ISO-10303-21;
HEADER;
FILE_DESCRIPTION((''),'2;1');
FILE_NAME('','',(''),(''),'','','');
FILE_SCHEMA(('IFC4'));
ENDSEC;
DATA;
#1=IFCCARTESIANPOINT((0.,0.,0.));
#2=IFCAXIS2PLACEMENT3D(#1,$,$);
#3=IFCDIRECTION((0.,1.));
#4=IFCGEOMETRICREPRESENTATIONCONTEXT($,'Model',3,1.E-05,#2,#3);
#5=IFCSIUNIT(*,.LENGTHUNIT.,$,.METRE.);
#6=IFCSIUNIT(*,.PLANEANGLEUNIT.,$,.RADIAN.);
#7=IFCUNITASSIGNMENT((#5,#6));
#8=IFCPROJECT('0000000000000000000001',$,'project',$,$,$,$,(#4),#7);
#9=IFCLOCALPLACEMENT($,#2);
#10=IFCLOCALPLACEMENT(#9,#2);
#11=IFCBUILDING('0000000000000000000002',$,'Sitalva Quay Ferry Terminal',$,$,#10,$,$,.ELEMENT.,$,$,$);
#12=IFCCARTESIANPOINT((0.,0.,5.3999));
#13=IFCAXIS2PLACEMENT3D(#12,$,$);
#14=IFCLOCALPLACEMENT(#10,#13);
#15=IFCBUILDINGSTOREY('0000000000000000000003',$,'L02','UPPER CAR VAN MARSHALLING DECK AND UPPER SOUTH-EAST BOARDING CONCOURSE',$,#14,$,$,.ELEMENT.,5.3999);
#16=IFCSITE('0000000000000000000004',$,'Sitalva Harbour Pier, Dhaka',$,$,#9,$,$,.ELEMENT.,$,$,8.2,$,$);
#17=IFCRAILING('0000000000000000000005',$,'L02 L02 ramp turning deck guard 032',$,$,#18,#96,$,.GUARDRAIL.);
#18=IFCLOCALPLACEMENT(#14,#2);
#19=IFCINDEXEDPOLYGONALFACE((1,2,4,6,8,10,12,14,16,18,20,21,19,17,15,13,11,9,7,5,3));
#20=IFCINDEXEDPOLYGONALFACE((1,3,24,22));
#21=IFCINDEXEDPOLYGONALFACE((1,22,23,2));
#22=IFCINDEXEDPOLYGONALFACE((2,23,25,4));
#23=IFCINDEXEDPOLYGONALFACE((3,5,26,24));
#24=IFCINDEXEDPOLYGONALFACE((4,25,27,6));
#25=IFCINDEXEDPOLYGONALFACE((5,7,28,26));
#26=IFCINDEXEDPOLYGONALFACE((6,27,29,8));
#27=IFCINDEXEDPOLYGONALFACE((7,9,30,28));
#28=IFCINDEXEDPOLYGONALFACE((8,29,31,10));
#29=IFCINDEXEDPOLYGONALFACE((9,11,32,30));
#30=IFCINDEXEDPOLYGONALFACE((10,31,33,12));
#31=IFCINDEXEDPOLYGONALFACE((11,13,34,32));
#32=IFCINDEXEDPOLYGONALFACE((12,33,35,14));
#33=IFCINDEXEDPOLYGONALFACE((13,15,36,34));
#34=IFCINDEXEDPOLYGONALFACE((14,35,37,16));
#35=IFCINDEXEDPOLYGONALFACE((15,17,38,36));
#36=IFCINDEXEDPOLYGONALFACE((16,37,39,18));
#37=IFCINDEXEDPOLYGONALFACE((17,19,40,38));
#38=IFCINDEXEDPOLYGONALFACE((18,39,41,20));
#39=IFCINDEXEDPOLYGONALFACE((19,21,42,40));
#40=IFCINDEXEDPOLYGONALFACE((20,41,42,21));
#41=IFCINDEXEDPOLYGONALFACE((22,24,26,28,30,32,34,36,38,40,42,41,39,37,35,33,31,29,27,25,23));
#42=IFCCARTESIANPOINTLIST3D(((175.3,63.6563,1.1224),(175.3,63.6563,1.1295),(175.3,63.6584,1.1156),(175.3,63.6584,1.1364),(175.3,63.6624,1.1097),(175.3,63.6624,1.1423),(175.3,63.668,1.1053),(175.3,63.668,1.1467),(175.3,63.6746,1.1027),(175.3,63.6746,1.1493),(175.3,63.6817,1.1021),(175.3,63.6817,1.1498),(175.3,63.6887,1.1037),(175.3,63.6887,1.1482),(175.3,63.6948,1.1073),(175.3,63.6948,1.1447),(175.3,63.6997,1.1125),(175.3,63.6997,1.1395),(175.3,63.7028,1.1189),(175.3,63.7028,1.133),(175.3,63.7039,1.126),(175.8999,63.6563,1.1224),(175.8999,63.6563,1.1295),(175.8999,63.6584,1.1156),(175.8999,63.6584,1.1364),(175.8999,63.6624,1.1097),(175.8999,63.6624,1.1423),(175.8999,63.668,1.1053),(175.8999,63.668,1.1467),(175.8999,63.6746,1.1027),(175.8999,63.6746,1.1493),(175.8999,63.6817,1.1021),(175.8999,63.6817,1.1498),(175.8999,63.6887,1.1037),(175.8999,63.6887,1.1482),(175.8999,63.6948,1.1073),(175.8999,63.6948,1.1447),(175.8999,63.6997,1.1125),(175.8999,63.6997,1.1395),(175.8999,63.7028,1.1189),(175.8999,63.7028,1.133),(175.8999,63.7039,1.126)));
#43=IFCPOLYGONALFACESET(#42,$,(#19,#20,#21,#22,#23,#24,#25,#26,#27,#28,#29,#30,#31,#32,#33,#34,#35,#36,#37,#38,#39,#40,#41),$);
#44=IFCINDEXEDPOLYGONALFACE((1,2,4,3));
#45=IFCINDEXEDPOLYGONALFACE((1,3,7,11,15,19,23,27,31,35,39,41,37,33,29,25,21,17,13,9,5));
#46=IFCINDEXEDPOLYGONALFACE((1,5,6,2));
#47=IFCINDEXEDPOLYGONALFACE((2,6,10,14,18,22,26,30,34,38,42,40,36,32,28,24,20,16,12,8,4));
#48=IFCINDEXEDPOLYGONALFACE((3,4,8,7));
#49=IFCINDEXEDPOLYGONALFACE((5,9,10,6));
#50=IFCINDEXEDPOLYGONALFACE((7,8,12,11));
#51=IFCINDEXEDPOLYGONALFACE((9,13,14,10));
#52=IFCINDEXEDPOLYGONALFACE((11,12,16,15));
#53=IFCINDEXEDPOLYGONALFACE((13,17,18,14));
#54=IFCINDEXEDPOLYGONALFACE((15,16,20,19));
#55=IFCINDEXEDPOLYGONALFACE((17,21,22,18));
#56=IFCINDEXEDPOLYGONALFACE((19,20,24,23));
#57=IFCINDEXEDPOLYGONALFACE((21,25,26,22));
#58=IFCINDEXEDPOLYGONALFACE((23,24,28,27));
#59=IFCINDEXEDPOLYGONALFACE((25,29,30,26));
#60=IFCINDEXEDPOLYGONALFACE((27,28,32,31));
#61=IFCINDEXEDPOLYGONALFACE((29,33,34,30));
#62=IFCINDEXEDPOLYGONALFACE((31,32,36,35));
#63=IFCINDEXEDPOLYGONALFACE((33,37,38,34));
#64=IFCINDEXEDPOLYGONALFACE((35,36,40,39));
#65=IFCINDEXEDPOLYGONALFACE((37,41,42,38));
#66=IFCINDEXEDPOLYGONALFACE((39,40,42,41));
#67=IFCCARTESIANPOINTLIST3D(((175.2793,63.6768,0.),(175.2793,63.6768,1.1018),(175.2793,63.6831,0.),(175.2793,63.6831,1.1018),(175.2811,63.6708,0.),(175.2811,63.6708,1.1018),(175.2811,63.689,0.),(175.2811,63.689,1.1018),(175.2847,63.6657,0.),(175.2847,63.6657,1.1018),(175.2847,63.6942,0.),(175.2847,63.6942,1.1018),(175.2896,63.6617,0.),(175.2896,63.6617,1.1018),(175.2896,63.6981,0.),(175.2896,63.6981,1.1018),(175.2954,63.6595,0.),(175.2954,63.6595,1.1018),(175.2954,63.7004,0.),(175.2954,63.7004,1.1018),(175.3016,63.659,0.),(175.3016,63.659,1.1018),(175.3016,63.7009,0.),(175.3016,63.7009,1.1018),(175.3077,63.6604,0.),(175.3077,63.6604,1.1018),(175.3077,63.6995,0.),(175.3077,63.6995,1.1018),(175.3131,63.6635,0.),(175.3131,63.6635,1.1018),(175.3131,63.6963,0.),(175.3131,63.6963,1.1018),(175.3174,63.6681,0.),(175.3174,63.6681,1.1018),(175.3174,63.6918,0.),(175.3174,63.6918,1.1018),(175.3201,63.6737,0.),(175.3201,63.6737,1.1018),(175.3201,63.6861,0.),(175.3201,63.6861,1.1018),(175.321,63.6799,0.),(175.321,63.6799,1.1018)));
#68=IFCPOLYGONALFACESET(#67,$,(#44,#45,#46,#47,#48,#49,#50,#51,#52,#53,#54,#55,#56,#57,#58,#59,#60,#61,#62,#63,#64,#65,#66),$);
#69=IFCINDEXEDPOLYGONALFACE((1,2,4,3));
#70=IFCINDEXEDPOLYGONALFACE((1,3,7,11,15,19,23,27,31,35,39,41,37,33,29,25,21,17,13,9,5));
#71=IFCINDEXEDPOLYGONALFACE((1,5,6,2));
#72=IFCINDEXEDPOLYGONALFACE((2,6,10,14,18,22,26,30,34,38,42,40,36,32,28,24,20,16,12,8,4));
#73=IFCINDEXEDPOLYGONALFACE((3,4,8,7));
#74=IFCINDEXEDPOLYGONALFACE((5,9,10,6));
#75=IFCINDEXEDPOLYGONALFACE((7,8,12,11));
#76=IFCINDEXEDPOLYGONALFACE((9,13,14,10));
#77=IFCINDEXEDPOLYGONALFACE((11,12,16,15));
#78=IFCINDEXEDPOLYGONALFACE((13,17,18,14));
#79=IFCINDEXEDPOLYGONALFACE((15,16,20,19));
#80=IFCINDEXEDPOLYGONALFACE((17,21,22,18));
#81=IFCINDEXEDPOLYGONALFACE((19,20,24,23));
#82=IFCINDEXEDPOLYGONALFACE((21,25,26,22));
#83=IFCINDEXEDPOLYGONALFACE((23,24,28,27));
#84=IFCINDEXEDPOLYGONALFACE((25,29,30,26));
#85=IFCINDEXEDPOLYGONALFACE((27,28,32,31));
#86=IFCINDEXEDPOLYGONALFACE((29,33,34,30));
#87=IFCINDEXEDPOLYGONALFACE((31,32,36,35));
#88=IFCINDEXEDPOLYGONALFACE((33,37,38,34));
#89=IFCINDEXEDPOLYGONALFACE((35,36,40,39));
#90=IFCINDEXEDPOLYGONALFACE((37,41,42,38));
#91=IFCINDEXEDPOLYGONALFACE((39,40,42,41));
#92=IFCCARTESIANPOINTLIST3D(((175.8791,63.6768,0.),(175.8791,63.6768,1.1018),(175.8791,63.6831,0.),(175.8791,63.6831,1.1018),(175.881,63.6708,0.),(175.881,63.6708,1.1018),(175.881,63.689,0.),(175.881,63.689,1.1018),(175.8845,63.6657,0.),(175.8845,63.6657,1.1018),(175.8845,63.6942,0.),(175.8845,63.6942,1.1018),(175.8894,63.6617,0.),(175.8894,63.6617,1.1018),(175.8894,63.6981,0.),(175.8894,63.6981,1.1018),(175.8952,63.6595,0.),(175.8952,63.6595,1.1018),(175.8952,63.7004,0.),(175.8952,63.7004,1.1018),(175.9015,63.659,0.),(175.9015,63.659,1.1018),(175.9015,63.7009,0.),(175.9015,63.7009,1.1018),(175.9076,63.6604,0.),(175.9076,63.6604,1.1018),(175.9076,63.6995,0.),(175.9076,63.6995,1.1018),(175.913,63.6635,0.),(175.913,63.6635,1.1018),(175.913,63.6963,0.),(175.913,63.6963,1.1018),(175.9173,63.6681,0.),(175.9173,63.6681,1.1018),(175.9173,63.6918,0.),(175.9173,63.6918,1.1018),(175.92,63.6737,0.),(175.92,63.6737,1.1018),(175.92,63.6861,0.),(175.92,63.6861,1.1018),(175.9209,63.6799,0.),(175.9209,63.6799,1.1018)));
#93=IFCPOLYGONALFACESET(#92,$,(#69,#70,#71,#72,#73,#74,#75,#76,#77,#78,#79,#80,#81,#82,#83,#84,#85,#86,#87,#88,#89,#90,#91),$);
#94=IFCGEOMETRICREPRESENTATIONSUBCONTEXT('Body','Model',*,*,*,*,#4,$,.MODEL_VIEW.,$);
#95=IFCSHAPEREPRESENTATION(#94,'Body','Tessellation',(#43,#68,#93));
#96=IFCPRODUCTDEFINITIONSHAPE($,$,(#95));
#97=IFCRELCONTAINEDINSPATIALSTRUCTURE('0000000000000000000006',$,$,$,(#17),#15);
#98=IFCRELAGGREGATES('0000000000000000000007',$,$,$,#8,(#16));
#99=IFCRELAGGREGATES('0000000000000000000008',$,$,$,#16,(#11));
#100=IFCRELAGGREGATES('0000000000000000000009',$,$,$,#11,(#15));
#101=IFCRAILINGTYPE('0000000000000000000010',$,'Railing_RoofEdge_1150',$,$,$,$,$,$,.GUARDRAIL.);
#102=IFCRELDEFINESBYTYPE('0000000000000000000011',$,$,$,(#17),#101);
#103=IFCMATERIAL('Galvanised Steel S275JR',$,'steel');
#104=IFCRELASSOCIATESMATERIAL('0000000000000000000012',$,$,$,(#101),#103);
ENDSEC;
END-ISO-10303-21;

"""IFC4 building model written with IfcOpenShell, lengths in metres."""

from ifc_helpers import new_model, si_unit, direction, frame, origin, origin_2d, place, context, subcontext, project, spatial, circle, extrude, material, type_object, element, save


model = new_model("IFC4")

# Units and contexts
model_context = context("Model", 3, precision=1e-05, world=origin(), true_north=direction((0.0, 1.0)))
body_context = subcontext(model_context, "Body", "Model", "MODEL_VIEW")
ifc_project = project(units=[si_unit("LENGTHUNIT", "METRE"), si_unit("PLANEANGLEUNIT", "RADIAN")], contexts=[model_context])

# Site, building, storey
site_placement = place(None, origin())
site = spatial("IfcSite", under=ifc_project, at=site_placement, Name="Sitalva Harbour Pier, Dhaka", CompositionType="ELEMENT", RefElevation=8.2)
building_placement = place(site_placement, origin())
building = spatial("IfcBuilding", under=site, at=building_placement, Name="Sitalva Quay Ferry Terminal", CompositionType="ELEMENT")
storey_placement = place(building_placement, frame((0.0, 0.0, 5.3999)))
storey = spatial("IfcBuildingStorey", under=building, at=storey_placement, Name="L02", Description="UPPER CAR VAN MARSHALLING DECK AND UPPER SOUTH-EAST BOARDING CONCOURSE", CompositionType="ELEMENT", Elevation=5.3999)

# Railing
ifc_material_1 = material(Name="Galvanised Steel S275JR", Category="steel")
railing_type = type_object("IfcRailingType", Name="Railing_RoofEdge_1150", PredefinedType="GUARDRAIL", material=ifc_material_1)
railing_1_placement = place(storey_placement, frame((175.3, 63.6799, 0.0)))
element("IfcRailing", 1, at=railing_1_placement, inside=storey, type_object=railing_type, Name="L02 L02 ramp turning deck guard 032", PredefinedType="GUARDRAIL", context=body_context, shape_type="SweptSolid", body=[
    extrude(circle(Radius=0.0239, at=origin_2d()), frame((0.0, 0.0, 1.126), z_axis=(1.0, 0.0, 0.0), x_axis=(0.0, 1.0, 0.0)), (0.0, 0.0, 1.0), 0.5999),
    extrude(circle(Radius=0.021, at=origin_2d()), origin(), (0.0, 0.0, 1.0), 1.1018),
    extrude(circle(Radius=0.021, at=origin_2d()), frame((0.5999, 0.0, 0.0)), (0.0, 0.0, 1.0), 1.1018),
])

save(model, "model.ifc")
